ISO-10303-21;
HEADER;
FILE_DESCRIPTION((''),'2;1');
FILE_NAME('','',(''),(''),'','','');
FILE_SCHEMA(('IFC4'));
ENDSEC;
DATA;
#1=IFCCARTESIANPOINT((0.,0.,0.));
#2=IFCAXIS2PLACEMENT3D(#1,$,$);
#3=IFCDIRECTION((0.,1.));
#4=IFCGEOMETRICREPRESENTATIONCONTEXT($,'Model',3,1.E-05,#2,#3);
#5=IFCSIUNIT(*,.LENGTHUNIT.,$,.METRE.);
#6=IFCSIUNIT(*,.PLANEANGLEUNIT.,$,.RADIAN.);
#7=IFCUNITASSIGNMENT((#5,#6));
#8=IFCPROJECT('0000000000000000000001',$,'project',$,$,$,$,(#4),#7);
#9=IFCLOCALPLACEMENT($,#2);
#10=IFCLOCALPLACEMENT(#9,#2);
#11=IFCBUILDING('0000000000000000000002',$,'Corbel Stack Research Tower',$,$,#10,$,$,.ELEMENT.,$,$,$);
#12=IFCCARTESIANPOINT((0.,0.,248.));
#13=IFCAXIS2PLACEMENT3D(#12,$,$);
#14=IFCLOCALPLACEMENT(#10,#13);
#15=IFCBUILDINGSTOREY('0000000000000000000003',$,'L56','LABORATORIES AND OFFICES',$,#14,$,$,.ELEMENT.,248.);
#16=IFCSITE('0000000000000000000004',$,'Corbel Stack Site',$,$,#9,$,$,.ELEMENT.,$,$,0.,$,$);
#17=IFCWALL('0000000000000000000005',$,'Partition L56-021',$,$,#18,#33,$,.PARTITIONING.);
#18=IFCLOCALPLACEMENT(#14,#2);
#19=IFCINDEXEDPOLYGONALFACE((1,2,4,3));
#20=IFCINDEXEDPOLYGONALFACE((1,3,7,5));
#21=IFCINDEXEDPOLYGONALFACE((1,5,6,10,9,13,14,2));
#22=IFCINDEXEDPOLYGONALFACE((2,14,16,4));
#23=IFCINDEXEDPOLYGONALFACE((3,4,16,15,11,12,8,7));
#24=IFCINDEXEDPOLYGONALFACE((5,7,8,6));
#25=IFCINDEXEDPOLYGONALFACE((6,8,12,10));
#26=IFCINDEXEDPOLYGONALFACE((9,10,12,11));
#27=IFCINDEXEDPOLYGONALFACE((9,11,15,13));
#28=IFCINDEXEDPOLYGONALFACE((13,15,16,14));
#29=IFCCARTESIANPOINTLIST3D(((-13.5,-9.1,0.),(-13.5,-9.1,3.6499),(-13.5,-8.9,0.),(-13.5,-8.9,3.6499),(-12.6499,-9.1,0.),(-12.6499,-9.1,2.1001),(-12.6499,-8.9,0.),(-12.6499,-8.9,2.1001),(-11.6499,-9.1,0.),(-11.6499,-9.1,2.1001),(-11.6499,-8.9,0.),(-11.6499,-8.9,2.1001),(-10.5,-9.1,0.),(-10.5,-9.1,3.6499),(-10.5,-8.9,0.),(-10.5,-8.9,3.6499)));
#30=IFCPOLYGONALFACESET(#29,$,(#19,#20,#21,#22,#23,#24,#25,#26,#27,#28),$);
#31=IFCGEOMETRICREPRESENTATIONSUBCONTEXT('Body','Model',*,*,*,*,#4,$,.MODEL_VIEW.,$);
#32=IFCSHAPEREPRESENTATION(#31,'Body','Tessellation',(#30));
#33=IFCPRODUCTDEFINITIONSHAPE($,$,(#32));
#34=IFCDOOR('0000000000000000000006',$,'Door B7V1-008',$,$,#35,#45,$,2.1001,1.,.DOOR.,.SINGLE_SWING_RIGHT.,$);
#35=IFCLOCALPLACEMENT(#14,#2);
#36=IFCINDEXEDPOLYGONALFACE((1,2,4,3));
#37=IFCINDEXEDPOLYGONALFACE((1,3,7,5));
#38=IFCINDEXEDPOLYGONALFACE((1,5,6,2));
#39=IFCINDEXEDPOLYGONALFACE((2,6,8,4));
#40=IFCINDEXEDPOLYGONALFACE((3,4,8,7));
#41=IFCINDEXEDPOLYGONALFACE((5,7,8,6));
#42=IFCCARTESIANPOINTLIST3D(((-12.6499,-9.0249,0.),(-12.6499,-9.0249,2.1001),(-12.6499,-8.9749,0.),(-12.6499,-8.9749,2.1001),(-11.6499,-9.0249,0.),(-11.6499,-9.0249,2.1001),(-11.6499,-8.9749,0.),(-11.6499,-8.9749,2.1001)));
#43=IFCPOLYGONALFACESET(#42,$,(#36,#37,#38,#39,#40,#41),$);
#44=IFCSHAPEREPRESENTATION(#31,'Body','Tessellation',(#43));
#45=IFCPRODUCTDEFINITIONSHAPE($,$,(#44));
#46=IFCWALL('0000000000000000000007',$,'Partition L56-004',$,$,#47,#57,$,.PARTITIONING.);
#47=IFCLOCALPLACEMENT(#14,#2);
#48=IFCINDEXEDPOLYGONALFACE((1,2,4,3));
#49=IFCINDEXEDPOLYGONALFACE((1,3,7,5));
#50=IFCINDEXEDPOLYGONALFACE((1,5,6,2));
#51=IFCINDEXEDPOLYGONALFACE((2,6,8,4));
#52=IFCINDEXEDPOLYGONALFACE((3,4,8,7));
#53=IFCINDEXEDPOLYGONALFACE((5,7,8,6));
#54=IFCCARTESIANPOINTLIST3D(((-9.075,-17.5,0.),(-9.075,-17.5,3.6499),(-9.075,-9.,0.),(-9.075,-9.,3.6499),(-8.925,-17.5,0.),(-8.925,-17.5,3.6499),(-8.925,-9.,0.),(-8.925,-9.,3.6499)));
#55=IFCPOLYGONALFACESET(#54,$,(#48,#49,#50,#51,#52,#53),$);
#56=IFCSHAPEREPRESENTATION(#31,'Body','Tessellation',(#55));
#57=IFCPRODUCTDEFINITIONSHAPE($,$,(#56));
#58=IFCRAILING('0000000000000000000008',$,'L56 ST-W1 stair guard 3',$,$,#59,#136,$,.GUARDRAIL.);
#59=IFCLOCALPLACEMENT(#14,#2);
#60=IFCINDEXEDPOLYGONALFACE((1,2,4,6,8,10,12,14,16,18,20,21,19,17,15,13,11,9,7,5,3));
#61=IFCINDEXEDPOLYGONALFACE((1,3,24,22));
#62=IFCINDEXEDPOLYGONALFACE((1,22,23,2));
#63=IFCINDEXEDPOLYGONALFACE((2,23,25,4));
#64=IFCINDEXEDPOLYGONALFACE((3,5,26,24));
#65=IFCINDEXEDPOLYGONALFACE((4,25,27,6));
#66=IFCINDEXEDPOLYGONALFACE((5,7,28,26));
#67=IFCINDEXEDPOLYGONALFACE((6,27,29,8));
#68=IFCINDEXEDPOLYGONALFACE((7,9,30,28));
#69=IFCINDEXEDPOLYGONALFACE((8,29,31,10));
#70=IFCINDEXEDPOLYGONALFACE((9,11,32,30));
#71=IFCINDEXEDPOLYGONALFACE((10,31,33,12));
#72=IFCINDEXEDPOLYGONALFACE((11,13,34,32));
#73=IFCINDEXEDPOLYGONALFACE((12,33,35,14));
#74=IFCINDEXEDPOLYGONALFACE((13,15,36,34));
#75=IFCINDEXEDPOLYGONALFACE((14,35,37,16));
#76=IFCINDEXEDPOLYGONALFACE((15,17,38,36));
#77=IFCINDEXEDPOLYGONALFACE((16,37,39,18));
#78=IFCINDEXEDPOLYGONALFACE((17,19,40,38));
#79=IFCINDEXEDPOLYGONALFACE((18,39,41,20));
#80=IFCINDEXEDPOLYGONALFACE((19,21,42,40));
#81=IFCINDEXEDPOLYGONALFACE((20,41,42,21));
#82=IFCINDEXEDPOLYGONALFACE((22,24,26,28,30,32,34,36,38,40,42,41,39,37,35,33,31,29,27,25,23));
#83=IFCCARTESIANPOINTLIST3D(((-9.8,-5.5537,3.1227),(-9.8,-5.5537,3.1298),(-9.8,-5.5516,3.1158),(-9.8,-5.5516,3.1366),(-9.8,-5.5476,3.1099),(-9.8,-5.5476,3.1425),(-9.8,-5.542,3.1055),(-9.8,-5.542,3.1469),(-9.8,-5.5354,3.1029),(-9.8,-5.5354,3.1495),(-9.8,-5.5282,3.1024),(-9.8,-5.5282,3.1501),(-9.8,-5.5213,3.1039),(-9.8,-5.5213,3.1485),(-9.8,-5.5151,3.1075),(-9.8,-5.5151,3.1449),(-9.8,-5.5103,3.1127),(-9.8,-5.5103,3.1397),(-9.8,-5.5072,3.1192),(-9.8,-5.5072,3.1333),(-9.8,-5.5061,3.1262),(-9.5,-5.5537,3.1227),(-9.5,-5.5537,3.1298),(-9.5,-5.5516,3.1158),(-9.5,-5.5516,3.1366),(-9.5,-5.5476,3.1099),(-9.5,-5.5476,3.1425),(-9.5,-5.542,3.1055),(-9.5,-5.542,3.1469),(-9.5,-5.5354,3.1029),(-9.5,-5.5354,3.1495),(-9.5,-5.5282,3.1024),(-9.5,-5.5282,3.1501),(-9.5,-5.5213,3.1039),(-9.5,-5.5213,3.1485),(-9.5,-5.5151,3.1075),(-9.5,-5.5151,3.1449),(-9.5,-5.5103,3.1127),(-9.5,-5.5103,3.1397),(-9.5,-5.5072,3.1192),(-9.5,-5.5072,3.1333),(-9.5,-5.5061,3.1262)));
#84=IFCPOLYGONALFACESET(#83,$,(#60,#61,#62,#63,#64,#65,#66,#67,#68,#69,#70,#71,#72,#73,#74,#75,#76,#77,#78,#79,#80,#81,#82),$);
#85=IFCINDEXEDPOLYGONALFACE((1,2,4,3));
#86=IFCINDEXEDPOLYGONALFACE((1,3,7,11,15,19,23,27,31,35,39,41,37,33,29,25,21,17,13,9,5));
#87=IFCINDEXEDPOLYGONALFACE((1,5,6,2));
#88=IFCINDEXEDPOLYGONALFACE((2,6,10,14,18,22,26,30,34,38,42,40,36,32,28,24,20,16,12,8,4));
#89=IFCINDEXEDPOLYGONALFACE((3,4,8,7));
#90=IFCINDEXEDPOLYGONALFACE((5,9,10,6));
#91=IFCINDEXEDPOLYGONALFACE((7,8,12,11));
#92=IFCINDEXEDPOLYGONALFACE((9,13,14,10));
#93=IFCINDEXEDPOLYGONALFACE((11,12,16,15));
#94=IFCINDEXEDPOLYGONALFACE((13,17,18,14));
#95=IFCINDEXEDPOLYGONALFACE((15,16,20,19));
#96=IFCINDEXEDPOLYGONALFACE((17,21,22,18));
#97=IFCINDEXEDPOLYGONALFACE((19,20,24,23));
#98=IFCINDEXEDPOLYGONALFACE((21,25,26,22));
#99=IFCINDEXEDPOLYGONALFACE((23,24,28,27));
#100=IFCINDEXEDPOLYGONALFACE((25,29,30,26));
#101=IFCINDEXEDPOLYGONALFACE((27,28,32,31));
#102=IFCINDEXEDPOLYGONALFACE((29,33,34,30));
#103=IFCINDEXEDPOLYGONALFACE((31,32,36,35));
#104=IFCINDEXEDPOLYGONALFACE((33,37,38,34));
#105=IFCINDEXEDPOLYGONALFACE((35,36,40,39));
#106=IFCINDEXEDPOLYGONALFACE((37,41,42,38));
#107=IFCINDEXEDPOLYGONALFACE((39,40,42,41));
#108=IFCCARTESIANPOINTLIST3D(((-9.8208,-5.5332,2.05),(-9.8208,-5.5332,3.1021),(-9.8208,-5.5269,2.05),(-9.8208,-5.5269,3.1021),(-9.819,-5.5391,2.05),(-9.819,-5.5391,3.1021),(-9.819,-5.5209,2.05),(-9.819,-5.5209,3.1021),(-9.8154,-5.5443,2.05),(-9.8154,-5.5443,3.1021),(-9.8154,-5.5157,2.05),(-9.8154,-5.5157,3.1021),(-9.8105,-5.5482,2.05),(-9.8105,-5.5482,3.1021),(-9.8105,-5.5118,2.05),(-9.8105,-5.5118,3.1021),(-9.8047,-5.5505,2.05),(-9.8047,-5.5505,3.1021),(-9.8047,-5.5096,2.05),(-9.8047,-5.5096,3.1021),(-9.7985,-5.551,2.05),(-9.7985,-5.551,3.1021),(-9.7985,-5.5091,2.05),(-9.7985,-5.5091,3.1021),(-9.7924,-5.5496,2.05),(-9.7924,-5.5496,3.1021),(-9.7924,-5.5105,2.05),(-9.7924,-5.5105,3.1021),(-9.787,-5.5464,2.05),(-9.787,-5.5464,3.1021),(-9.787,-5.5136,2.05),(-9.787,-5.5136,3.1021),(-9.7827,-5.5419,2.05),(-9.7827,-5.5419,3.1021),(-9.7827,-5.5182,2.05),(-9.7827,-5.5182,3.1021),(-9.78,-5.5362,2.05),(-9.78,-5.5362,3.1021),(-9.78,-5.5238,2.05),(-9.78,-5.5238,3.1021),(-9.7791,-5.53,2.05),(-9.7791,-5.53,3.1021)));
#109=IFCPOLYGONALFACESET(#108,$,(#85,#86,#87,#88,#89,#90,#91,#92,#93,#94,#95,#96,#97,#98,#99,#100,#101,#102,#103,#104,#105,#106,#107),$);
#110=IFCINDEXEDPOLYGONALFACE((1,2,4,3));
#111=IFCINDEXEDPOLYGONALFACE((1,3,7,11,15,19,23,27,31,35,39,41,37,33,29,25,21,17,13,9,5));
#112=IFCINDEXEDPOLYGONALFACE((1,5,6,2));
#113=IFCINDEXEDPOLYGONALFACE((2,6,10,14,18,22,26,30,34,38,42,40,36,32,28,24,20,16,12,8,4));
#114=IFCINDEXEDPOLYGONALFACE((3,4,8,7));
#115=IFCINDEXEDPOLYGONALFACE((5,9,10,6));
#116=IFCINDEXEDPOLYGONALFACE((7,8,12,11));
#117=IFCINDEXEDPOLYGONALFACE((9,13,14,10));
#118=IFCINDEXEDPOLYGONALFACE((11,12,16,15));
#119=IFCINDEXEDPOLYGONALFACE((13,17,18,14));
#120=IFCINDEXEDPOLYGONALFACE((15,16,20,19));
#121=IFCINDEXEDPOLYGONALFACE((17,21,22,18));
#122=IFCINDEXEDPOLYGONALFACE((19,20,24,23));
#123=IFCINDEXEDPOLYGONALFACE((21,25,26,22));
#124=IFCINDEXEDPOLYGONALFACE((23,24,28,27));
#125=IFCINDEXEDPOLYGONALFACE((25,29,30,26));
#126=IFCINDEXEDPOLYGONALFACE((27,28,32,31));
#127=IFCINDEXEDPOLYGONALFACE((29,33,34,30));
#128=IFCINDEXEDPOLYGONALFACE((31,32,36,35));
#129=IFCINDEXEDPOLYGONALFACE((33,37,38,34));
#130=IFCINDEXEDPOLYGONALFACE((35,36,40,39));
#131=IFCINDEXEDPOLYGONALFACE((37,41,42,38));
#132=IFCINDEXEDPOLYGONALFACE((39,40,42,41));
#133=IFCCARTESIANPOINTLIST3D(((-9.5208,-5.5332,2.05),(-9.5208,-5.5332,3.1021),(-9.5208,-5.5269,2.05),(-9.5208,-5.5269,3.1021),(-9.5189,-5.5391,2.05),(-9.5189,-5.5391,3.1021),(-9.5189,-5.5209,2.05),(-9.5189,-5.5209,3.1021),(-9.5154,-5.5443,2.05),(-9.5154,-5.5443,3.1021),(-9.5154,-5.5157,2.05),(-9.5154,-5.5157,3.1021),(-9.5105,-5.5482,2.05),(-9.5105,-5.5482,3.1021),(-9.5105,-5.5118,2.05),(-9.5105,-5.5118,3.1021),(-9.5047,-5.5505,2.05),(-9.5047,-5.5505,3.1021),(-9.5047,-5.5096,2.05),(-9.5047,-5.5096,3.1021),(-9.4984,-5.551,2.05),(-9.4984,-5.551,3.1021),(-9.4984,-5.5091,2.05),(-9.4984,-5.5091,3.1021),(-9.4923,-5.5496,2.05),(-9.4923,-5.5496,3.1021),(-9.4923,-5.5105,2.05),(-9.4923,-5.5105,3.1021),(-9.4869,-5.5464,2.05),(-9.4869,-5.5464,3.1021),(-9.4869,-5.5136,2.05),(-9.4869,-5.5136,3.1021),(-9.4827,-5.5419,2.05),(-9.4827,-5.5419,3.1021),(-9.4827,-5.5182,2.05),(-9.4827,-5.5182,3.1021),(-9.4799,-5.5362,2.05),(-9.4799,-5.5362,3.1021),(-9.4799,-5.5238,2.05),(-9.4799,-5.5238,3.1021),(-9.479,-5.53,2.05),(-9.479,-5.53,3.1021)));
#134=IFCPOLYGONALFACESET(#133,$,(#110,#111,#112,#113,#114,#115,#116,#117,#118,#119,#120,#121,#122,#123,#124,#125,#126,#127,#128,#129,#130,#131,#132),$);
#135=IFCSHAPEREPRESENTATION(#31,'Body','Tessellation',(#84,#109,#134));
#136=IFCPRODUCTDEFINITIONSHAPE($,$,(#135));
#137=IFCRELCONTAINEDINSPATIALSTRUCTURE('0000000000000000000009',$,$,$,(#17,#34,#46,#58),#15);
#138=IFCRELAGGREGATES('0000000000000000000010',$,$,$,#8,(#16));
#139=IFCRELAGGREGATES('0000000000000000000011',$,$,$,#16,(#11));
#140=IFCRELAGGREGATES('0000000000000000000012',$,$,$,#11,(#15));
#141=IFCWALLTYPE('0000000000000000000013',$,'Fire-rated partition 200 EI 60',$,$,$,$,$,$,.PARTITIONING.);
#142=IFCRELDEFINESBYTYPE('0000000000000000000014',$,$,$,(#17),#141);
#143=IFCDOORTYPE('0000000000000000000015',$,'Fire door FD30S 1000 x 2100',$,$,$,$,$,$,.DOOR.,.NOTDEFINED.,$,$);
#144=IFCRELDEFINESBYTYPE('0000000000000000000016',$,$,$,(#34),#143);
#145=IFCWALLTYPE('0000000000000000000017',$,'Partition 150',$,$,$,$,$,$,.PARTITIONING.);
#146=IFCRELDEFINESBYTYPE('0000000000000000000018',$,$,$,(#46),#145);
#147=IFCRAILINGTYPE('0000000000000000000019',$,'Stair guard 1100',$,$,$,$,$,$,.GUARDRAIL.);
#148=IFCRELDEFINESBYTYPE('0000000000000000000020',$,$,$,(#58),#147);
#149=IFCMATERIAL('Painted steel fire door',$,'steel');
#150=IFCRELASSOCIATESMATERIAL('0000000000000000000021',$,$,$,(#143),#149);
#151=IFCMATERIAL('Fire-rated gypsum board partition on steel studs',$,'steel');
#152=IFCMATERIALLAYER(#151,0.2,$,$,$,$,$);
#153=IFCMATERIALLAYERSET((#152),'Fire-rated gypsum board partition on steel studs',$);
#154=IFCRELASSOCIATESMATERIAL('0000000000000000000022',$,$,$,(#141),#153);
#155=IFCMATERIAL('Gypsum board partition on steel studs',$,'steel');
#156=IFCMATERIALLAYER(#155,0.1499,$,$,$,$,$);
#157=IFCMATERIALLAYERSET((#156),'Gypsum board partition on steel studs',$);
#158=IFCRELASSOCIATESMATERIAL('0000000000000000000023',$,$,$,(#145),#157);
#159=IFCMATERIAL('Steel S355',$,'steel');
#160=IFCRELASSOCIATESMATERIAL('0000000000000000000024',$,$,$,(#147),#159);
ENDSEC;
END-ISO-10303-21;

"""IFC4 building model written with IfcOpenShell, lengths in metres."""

from ifc_helpers import new_model, si_unit, direction, frame, frame_2d, origin, origin_2d, place, context, subcontext, project, spatial, rectangle, circle, extrude, material, layer, layer_set, type_object, element, fill, save


model = new_model("IFC4")

# Units and contexts
model_context = context("Model", 3, precision=1e-05, world=origin(), true_north=direction((0.0, 1.0)))
body_context = subcontext(model_context, "Body", "Model", "MODEL_VIEW")
ifc_project = project(units=[si_unit("LENGTHUNIT", "METRE"), si_unit("PLANEANGLEUNIT", "RADIAN")], contexts=[model_context])

# Site, building, storey
site_placement = place(None, origin())
site = spatial("IfcSite", under=ifc_project, at=site_placement, Name="Corbel Stack Site", CompositionType="ELEMENT", RefElevation=0.0)
building_placement = place(site_placement, origin())
building = spatial("IfcBuilding", under=site, at=building_placement, Name="Corbel Stack Research Tower", CompositionType="ELEMENT")
storey_placement = place(building_placement, frame((0.0, 0.0, 248.0)))
storey = spatial("IfcBuildingStorey", under=building, at=storey_placement, Name="L56", Description="LABORATORIES AND OFFICES", CompositionType="ELEMENT", Elevation=248.0)

# Wall, opening, door
ifc_material_1 = material(Name="Painted steel fire door", Category="steel")
door_type_1 = type_object("IfcDoorType", Name="Fire door FD30S 1000 x 2100", OperationType="NOTDEFINED", PredefinedType="DOOR", material=ifc_material_1)
ifc_material_2 = material(Name="Fire-rated gypsum board partition on steel studs", Category="steel")
ifc_layer_1 = layer(ifc_material_2, 0.2)
ifc_layer_set_1 = layer_set([ifc_layer_1], Name="Fire-rated gypsum board partition on steel studs")
wall_type_1 = type_object("IfcWallType", Name="Fire-rated partition 200 EI 60", PredefinedType="PARTITIONING", material=ifc_layer_set_1)
wall_1_placement = place(storey_placement, frame((-10.5, -9.0, 0.0), z_axis=(0.0, 0.0, 1.0), x_axis=(-1.0, 0.0, 0.0)))
wall_1 = element("IfcWall", 1, at=wall_1_placement, inside=storey, type_object=wall_type_1, Name="Partition L56-021", PredefinedType="PARTITIONING", context=body_context, shape_type="SweptSolid", body=[
    extrude(rectangle(XDim=3.0, YDim=0.2, at=frame_2d((1.5, 0.0))), origin(), (0.0, 0.0, 1.0), 3.6499),
])
opening_1_placement = place(wall_1_placement, frame((1.1499, 0.0, 0.0)))
opening_1 = element("IfcOpeningElement", 2, at=opening_1_placement, cuts=wall_1, PredefinedType="OPENING", context=body_context, shape_type="SweptSolid", body=[
    extrude(rectangle(XDim=1.0, YDim=2.1001, at=frame_2d((0.5, 1.05))), frame((0.0, 0.1099, 0.0), z_axis=(0.0, -1.0, 0.0), x_axis=(1.0, 0.0, 0.0)), (0.0, 0.0, 1.0), 0.22),
])
door_1_placement = place(opening_1_placement, origin())
door_1 = element("IfcDoor", 3, at=door_1_placement, inside=storey, type_object=door_type_1, Name="Door B7V1-008", OperationType="SINGLE_SWING_RIGHT", OverallHeight=2.1001, OverallWidth=1.0, PredefinedType="DOOR", context=body_context, shape_type="SweptSolid", body=[
    extrude(rectangle(XDim=1.0, YDim=2.1001, at=frame_2d((0.5, 1.05))), frame((0.0, 0.0249, 0.0), z_axis=(0.0, -1.0, 0.0), x_axis=(1.0, 0.0, 0.0)), (0.0, 0.0, 1.0), 0.05),
])
fill(opening_1, door_1)

# Wall
ifc_material_3 = material(Name="Gypsum board partition on steel studs", Category="steel")
ifc_layer_2 = layer(ifc_material_3, 0.1499)
ifc_layer_set_2 = layer_set([ifc_layer_2], Name="Gypsum board partition on steel studs")
wall_type_2 = type_object("IfcWallType", Name="Partition 150", PredefinedType="PARTITIONING", material=ifc_layer_set_2)
wall_2_placement = place(storey_placement, frame((-9.0, -17.5, 0.0), z_axis=(0.0, 0.0, 1.0), x_axis=(0.0, 1.0, 0.0)))
element("IfcWall", 4, at=wall_2_placement, inside=storey, type_object=wall_type_2, Name="Partition L56-004", PredefinedType="PARTITIONING", context=body_context, shape_type="SweptSolid", body=[
    extrude(rectangle(XDim=8.5, YDim=0.1499, at=frame_2d((4.25, 0.0))), origin(), (0.0, 0.0, 1.0), 3.6499),
])

# Railing
ifc_material_4 = material(Name="Steel S355", Category="steel")
railing_type = type_object("IfcRailingType", Name="Stair guard 1100", PredefinedType="GUARDRAIL", material=ifc_material_4)
railing_placement = place(storey_placement, frame((-9.8, -5.53, 2.05)))
element("IfcRailing", 5, at=railing_placement, inside=storey, type_object=railing_type, Name="L56 ST-W1 stair guard 3", PredefinedType="GUARDRAIL", context=body_context, shape_type="SweptSolid", body=[
    extrude(circle(Radius=0.0239, at=origin_2d()), frame((0.0, 0.0, 1.0762), z_axis=(1.0, 0.0, 0.0), x_axis=(0.0, 1.0, 0.0)), (0.0, 0.0, 1.0), 0.3),
    extrude(circle(Radius=0.021, at=origin_2d()), origin(), (0.0, 0.0, 1.0), 1.052),
    extrude(circle(Radius=0.021, at=origin_2d()), frame((0.3, 0.0, 0.0)), (0.0, 0.0, 1.0), 1.052),
])

save(model, "model.ifc")
